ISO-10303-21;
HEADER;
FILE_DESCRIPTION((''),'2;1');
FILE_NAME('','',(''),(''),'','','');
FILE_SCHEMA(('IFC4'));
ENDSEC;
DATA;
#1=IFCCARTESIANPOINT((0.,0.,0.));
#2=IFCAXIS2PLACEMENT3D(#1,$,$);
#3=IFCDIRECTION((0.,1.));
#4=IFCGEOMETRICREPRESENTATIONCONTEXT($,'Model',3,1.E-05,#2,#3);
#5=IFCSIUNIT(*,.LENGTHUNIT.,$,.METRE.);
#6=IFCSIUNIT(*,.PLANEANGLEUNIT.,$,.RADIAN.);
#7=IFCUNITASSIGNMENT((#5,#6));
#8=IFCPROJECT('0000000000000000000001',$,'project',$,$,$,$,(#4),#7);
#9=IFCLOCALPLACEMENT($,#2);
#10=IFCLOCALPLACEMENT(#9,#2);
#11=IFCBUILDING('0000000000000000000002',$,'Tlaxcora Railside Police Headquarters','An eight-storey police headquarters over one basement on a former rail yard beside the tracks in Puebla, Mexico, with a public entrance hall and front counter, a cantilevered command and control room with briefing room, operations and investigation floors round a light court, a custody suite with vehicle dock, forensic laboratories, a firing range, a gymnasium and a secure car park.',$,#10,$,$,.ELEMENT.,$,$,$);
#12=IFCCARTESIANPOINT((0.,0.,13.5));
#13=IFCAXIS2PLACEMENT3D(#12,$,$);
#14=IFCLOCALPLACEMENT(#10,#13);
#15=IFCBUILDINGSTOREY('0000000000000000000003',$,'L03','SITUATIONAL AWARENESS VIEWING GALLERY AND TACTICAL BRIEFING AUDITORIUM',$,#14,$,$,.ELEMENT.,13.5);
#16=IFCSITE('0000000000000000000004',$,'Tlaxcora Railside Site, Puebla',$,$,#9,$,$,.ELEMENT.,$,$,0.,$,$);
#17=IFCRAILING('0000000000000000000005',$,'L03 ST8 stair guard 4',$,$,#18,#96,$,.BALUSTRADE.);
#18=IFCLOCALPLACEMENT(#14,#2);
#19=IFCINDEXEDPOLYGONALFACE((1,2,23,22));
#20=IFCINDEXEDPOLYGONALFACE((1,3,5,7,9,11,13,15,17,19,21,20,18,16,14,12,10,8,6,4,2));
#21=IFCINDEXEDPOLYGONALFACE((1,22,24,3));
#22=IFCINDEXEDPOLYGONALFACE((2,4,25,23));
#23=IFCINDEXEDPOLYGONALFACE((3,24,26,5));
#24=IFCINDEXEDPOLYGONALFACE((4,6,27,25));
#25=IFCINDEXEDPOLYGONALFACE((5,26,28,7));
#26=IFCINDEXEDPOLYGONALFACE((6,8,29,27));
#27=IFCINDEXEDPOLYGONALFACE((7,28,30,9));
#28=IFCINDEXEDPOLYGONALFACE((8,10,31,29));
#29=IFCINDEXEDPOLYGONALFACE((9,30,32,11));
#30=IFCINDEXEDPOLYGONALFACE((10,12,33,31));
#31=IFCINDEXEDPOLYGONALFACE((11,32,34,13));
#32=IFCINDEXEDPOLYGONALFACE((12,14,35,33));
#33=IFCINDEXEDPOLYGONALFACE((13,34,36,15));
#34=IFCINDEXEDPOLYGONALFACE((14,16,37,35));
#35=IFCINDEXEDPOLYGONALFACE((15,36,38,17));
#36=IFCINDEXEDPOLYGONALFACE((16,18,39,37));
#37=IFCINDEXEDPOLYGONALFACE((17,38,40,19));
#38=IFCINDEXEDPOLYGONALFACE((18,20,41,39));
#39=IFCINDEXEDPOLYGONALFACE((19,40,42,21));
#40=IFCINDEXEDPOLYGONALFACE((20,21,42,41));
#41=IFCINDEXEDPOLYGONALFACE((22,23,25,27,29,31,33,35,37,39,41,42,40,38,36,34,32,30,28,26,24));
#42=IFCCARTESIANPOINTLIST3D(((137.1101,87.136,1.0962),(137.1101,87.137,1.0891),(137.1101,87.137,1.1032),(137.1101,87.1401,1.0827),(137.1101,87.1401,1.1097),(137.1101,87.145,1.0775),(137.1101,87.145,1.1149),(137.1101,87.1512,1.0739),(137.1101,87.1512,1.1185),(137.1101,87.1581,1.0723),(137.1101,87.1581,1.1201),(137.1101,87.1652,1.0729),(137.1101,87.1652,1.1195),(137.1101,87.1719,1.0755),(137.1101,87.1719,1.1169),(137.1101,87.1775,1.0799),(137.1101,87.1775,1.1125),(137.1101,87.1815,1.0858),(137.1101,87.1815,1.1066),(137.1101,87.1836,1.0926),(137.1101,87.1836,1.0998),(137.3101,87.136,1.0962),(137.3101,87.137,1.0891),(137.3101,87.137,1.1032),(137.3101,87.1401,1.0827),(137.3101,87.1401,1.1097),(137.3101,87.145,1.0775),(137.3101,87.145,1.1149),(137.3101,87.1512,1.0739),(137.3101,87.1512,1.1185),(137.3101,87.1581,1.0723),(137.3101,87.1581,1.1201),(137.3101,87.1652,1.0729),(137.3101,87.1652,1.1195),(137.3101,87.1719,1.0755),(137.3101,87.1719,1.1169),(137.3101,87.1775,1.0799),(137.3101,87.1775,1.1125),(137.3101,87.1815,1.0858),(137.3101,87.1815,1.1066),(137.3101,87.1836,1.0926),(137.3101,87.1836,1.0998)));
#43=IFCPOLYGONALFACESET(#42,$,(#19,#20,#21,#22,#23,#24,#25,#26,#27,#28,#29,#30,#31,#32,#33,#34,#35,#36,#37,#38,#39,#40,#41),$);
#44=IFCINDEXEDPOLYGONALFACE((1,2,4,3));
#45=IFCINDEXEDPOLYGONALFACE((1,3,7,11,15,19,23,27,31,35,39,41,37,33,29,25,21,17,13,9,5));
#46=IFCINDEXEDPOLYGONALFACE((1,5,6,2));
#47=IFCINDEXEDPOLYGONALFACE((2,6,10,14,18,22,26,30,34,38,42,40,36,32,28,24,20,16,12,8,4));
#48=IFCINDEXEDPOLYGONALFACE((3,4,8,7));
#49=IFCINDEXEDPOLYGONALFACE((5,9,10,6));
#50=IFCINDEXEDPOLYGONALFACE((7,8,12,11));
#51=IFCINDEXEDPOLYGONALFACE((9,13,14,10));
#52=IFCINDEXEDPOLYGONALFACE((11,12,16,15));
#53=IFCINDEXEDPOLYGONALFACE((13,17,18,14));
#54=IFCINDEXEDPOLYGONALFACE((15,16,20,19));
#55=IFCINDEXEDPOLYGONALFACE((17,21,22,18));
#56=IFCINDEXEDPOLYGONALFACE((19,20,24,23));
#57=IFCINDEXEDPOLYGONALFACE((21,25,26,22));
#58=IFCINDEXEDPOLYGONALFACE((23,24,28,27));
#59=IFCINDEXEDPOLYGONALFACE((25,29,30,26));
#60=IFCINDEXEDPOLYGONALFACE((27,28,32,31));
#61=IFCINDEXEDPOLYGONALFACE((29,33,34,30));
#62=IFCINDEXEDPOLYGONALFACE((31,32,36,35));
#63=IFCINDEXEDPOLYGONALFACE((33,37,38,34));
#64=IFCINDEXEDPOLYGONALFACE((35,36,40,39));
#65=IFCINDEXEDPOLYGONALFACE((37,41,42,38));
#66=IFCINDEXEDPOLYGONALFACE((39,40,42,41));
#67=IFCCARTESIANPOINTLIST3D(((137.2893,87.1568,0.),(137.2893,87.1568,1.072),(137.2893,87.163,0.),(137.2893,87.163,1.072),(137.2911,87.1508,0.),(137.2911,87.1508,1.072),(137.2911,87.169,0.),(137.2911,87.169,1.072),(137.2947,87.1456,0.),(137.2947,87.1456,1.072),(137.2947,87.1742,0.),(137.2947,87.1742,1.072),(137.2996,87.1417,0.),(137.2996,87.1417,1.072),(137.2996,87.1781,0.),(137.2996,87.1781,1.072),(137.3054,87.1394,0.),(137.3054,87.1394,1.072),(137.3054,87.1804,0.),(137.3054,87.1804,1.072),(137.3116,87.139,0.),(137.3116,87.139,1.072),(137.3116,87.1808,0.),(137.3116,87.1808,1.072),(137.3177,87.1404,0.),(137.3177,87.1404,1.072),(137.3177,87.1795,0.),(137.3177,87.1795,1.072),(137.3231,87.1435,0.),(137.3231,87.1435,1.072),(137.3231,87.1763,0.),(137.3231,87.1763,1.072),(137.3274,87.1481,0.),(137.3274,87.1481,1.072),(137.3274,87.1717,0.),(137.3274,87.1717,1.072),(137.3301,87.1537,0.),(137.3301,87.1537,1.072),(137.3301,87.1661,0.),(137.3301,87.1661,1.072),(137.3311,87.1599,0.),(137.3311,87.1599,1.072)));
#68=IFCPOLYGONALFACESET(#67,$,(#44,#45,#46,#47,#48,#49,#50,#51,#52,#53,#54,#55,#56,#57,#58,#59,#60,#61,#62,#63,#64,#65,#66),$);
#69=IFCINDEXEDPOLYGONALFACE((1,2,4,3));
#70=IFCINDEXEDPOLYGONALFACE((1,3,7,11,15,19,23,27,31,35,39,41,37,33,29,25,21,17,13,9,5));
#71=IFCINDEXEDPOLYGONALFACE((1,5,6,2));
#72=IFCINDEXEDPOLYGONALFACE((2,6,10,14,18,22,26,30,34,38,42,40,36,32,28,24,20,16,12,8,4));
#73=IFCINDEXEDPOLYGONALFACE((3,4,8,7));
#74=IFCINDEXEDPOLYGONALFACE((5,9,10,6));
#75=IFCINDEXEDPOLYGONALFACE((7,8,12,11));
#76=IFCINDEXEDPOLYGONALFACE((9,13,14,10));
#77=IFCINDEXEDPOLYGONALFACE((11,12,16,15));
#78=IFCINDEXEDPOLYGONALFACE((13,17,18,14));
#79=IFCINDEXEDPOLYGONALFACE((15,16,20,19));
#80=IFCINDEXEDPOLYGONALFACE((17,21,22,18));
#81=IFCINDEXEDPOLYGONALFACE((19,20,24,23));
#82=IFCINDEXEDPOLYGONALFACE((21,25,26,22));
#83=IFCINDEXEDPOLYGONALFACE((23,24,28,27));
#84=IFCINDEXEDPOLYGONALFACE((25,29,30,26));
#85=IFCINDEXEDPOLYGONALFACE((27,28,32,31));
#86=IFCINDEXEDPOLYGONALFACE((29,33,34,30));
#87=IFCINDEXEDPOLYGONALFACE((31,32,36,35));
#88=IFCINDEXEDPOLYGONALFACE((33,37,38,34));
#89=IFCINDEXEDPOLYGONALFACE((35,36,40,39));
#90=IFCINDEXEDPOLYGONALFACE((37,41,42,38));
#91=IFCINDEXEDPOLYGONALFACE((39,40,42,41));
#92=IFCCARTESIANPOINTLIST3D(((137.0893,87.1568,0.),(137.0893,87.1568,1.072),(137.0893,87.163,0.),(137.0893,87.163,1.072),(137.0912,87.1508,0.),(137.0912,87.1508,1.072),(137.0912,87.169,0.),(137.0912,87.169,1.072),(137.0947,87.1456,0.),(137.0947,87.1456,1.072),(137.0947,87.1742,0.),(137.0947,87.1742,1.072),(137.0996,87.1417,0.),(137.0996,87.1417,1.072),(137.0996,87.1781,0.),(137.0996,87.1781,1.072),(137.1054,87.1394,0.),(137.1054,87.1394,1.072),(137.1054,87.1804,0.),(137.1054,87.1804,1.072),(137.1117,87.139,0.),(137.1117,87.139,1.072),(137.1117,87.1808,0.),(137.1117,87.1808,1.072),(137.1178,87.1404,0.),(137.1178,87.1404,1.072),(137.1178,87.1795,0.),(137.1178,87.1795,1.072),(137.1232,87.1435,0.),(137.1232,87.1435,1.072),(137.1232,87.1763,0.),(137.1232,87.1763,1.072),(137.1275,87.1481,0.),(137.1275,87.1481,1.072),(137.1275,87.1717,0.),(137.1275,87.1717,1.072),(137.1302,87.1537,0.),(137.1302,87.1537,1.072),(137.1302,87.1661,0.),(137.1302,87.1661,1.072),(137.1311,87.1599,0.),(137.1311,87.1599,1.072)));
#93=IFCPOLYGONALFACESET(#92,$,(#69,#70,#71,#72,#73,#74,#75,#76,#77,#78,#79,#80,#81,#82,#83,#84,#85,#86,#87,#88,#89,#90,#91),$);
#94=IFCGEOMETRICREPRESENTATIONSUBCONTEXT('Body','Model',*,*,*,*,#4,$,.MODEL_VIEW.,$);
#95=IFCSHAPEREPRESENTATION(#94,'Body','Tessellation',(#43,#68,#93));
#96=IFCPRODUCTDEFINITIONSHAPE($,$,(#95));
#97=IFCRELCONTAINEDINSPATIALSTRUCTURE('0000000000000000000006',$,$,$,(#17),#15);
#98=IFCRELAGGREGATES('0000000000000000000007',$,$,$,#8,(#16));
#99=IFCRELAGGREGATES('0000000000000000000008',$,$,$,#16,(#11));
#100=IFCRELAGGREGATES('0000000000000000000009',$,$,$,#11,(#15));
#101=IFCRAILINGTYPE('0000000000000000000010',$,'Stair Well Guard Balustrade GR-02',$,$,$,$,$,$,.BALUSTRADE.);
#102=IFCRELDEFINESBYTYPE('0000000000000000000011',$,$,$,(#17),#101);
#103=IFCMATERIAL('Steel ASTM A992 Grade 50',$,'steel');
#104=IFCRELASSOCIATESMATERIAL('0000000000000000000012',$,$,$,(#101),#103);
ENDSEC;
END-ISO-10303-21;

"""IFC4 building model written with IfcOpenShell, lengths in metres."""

from ifc_helpers import new_model, si_unit, direction, frame, origin, origin_2d, place, context, subcontext, project, spatial, circle, extrude, material, type_object, element, save


model = new_model("IFC4")

# Units and contexts
model_context = context("Model", 3, precision=1e-05, world=origin(), true_north=direction((0.0, 1.0)))
body_context = subcontext(model_context, "Body", "Model", "MODEL_VIEW")
ifc_project = project(units=[si_unit("LENGTHUNIT", "METRE"), si_unit("PLANEANGLEUNIT", "RADIAN")], contexts=[model_context])

# Site, building, storey
site_placement = place(None, origin())
site = spatial("IfcSite", under=ifc_project, at=site_placement, Name="Tlaxcora Railside Site, Puebla", CompositionType="ELEMENT", RefElevation=0.0)
building_placement = place(site_placement, origin())
building = spatial("IfcBuilding", under=site, at=building_placement, Name="Tlaxcora Railside Police Headquarters", Description="An eight-storey police headquarters over one basement on a former rail yard beside the tracks in Puebla, Mexico, with a public entrance hall and front counter, a cantilevered command and control room with briefing room, operations and investigation floors round a light court, a custody suite with vehicle dock, forensic laboratories, a firing range, a gymnasium and a secure car park.", CompositionType="ELEMENT")
storey_placement = place(building_placement, frame((0.0, 0.0, 13.5)))
storey = spatial("IfcBuildingStorey", under=building, at=storey_placement, Name="L03", Description="SITUATIONAL AWARENESS VIEWING GALLERY AND TACTICAL BRIEFING AUDITORIUM", CompositionType="ELEMENT", Elevation=13.5)

# Shared definitions
ifc_material_1 = material(Name="Steel ASTM A992 Grade 50", Category="steel")

# Railing
railing_type_1 = type_object("IfcRailingType", Name="Stair Well Guard Balustrade GR-02", PredefinedType="BALUSTRADE", material=ifc_material_1)
railing_1_placement = place(storey_placement, frame((137.3101, 87.1599, 0.0)))
element("IfcRailing", 1, at=railing_1_placement, inside=storey, type_object=railing_type_1, Name="L03 ST8 stair guard 4", PredefinedType="BALUSTRADE", context=body_context, shape_type="SweptSolid", body=[
    extrude(circle(Radius=0.0239, at=origin_2d()), frame((0.0, 0.0, 1.0962), z_axis=(-1.0, 0.0, 0.0), x_axis=(0.0, -1.0, 0.0)), (0.0, 0.0, 1.0), 0.2),
    extrude(circle(Radius=0.021, at=origin_2d()), origin(), (0.0, 0.0, 1.0), 1.072),
    extrude(circle(Radius=0.021, at=origin_2d()), frame((-0.2, 0.0, 0.0)), (0.0, 0.0, 1.0), 1.072),
])

save(model, "model.ifc")
